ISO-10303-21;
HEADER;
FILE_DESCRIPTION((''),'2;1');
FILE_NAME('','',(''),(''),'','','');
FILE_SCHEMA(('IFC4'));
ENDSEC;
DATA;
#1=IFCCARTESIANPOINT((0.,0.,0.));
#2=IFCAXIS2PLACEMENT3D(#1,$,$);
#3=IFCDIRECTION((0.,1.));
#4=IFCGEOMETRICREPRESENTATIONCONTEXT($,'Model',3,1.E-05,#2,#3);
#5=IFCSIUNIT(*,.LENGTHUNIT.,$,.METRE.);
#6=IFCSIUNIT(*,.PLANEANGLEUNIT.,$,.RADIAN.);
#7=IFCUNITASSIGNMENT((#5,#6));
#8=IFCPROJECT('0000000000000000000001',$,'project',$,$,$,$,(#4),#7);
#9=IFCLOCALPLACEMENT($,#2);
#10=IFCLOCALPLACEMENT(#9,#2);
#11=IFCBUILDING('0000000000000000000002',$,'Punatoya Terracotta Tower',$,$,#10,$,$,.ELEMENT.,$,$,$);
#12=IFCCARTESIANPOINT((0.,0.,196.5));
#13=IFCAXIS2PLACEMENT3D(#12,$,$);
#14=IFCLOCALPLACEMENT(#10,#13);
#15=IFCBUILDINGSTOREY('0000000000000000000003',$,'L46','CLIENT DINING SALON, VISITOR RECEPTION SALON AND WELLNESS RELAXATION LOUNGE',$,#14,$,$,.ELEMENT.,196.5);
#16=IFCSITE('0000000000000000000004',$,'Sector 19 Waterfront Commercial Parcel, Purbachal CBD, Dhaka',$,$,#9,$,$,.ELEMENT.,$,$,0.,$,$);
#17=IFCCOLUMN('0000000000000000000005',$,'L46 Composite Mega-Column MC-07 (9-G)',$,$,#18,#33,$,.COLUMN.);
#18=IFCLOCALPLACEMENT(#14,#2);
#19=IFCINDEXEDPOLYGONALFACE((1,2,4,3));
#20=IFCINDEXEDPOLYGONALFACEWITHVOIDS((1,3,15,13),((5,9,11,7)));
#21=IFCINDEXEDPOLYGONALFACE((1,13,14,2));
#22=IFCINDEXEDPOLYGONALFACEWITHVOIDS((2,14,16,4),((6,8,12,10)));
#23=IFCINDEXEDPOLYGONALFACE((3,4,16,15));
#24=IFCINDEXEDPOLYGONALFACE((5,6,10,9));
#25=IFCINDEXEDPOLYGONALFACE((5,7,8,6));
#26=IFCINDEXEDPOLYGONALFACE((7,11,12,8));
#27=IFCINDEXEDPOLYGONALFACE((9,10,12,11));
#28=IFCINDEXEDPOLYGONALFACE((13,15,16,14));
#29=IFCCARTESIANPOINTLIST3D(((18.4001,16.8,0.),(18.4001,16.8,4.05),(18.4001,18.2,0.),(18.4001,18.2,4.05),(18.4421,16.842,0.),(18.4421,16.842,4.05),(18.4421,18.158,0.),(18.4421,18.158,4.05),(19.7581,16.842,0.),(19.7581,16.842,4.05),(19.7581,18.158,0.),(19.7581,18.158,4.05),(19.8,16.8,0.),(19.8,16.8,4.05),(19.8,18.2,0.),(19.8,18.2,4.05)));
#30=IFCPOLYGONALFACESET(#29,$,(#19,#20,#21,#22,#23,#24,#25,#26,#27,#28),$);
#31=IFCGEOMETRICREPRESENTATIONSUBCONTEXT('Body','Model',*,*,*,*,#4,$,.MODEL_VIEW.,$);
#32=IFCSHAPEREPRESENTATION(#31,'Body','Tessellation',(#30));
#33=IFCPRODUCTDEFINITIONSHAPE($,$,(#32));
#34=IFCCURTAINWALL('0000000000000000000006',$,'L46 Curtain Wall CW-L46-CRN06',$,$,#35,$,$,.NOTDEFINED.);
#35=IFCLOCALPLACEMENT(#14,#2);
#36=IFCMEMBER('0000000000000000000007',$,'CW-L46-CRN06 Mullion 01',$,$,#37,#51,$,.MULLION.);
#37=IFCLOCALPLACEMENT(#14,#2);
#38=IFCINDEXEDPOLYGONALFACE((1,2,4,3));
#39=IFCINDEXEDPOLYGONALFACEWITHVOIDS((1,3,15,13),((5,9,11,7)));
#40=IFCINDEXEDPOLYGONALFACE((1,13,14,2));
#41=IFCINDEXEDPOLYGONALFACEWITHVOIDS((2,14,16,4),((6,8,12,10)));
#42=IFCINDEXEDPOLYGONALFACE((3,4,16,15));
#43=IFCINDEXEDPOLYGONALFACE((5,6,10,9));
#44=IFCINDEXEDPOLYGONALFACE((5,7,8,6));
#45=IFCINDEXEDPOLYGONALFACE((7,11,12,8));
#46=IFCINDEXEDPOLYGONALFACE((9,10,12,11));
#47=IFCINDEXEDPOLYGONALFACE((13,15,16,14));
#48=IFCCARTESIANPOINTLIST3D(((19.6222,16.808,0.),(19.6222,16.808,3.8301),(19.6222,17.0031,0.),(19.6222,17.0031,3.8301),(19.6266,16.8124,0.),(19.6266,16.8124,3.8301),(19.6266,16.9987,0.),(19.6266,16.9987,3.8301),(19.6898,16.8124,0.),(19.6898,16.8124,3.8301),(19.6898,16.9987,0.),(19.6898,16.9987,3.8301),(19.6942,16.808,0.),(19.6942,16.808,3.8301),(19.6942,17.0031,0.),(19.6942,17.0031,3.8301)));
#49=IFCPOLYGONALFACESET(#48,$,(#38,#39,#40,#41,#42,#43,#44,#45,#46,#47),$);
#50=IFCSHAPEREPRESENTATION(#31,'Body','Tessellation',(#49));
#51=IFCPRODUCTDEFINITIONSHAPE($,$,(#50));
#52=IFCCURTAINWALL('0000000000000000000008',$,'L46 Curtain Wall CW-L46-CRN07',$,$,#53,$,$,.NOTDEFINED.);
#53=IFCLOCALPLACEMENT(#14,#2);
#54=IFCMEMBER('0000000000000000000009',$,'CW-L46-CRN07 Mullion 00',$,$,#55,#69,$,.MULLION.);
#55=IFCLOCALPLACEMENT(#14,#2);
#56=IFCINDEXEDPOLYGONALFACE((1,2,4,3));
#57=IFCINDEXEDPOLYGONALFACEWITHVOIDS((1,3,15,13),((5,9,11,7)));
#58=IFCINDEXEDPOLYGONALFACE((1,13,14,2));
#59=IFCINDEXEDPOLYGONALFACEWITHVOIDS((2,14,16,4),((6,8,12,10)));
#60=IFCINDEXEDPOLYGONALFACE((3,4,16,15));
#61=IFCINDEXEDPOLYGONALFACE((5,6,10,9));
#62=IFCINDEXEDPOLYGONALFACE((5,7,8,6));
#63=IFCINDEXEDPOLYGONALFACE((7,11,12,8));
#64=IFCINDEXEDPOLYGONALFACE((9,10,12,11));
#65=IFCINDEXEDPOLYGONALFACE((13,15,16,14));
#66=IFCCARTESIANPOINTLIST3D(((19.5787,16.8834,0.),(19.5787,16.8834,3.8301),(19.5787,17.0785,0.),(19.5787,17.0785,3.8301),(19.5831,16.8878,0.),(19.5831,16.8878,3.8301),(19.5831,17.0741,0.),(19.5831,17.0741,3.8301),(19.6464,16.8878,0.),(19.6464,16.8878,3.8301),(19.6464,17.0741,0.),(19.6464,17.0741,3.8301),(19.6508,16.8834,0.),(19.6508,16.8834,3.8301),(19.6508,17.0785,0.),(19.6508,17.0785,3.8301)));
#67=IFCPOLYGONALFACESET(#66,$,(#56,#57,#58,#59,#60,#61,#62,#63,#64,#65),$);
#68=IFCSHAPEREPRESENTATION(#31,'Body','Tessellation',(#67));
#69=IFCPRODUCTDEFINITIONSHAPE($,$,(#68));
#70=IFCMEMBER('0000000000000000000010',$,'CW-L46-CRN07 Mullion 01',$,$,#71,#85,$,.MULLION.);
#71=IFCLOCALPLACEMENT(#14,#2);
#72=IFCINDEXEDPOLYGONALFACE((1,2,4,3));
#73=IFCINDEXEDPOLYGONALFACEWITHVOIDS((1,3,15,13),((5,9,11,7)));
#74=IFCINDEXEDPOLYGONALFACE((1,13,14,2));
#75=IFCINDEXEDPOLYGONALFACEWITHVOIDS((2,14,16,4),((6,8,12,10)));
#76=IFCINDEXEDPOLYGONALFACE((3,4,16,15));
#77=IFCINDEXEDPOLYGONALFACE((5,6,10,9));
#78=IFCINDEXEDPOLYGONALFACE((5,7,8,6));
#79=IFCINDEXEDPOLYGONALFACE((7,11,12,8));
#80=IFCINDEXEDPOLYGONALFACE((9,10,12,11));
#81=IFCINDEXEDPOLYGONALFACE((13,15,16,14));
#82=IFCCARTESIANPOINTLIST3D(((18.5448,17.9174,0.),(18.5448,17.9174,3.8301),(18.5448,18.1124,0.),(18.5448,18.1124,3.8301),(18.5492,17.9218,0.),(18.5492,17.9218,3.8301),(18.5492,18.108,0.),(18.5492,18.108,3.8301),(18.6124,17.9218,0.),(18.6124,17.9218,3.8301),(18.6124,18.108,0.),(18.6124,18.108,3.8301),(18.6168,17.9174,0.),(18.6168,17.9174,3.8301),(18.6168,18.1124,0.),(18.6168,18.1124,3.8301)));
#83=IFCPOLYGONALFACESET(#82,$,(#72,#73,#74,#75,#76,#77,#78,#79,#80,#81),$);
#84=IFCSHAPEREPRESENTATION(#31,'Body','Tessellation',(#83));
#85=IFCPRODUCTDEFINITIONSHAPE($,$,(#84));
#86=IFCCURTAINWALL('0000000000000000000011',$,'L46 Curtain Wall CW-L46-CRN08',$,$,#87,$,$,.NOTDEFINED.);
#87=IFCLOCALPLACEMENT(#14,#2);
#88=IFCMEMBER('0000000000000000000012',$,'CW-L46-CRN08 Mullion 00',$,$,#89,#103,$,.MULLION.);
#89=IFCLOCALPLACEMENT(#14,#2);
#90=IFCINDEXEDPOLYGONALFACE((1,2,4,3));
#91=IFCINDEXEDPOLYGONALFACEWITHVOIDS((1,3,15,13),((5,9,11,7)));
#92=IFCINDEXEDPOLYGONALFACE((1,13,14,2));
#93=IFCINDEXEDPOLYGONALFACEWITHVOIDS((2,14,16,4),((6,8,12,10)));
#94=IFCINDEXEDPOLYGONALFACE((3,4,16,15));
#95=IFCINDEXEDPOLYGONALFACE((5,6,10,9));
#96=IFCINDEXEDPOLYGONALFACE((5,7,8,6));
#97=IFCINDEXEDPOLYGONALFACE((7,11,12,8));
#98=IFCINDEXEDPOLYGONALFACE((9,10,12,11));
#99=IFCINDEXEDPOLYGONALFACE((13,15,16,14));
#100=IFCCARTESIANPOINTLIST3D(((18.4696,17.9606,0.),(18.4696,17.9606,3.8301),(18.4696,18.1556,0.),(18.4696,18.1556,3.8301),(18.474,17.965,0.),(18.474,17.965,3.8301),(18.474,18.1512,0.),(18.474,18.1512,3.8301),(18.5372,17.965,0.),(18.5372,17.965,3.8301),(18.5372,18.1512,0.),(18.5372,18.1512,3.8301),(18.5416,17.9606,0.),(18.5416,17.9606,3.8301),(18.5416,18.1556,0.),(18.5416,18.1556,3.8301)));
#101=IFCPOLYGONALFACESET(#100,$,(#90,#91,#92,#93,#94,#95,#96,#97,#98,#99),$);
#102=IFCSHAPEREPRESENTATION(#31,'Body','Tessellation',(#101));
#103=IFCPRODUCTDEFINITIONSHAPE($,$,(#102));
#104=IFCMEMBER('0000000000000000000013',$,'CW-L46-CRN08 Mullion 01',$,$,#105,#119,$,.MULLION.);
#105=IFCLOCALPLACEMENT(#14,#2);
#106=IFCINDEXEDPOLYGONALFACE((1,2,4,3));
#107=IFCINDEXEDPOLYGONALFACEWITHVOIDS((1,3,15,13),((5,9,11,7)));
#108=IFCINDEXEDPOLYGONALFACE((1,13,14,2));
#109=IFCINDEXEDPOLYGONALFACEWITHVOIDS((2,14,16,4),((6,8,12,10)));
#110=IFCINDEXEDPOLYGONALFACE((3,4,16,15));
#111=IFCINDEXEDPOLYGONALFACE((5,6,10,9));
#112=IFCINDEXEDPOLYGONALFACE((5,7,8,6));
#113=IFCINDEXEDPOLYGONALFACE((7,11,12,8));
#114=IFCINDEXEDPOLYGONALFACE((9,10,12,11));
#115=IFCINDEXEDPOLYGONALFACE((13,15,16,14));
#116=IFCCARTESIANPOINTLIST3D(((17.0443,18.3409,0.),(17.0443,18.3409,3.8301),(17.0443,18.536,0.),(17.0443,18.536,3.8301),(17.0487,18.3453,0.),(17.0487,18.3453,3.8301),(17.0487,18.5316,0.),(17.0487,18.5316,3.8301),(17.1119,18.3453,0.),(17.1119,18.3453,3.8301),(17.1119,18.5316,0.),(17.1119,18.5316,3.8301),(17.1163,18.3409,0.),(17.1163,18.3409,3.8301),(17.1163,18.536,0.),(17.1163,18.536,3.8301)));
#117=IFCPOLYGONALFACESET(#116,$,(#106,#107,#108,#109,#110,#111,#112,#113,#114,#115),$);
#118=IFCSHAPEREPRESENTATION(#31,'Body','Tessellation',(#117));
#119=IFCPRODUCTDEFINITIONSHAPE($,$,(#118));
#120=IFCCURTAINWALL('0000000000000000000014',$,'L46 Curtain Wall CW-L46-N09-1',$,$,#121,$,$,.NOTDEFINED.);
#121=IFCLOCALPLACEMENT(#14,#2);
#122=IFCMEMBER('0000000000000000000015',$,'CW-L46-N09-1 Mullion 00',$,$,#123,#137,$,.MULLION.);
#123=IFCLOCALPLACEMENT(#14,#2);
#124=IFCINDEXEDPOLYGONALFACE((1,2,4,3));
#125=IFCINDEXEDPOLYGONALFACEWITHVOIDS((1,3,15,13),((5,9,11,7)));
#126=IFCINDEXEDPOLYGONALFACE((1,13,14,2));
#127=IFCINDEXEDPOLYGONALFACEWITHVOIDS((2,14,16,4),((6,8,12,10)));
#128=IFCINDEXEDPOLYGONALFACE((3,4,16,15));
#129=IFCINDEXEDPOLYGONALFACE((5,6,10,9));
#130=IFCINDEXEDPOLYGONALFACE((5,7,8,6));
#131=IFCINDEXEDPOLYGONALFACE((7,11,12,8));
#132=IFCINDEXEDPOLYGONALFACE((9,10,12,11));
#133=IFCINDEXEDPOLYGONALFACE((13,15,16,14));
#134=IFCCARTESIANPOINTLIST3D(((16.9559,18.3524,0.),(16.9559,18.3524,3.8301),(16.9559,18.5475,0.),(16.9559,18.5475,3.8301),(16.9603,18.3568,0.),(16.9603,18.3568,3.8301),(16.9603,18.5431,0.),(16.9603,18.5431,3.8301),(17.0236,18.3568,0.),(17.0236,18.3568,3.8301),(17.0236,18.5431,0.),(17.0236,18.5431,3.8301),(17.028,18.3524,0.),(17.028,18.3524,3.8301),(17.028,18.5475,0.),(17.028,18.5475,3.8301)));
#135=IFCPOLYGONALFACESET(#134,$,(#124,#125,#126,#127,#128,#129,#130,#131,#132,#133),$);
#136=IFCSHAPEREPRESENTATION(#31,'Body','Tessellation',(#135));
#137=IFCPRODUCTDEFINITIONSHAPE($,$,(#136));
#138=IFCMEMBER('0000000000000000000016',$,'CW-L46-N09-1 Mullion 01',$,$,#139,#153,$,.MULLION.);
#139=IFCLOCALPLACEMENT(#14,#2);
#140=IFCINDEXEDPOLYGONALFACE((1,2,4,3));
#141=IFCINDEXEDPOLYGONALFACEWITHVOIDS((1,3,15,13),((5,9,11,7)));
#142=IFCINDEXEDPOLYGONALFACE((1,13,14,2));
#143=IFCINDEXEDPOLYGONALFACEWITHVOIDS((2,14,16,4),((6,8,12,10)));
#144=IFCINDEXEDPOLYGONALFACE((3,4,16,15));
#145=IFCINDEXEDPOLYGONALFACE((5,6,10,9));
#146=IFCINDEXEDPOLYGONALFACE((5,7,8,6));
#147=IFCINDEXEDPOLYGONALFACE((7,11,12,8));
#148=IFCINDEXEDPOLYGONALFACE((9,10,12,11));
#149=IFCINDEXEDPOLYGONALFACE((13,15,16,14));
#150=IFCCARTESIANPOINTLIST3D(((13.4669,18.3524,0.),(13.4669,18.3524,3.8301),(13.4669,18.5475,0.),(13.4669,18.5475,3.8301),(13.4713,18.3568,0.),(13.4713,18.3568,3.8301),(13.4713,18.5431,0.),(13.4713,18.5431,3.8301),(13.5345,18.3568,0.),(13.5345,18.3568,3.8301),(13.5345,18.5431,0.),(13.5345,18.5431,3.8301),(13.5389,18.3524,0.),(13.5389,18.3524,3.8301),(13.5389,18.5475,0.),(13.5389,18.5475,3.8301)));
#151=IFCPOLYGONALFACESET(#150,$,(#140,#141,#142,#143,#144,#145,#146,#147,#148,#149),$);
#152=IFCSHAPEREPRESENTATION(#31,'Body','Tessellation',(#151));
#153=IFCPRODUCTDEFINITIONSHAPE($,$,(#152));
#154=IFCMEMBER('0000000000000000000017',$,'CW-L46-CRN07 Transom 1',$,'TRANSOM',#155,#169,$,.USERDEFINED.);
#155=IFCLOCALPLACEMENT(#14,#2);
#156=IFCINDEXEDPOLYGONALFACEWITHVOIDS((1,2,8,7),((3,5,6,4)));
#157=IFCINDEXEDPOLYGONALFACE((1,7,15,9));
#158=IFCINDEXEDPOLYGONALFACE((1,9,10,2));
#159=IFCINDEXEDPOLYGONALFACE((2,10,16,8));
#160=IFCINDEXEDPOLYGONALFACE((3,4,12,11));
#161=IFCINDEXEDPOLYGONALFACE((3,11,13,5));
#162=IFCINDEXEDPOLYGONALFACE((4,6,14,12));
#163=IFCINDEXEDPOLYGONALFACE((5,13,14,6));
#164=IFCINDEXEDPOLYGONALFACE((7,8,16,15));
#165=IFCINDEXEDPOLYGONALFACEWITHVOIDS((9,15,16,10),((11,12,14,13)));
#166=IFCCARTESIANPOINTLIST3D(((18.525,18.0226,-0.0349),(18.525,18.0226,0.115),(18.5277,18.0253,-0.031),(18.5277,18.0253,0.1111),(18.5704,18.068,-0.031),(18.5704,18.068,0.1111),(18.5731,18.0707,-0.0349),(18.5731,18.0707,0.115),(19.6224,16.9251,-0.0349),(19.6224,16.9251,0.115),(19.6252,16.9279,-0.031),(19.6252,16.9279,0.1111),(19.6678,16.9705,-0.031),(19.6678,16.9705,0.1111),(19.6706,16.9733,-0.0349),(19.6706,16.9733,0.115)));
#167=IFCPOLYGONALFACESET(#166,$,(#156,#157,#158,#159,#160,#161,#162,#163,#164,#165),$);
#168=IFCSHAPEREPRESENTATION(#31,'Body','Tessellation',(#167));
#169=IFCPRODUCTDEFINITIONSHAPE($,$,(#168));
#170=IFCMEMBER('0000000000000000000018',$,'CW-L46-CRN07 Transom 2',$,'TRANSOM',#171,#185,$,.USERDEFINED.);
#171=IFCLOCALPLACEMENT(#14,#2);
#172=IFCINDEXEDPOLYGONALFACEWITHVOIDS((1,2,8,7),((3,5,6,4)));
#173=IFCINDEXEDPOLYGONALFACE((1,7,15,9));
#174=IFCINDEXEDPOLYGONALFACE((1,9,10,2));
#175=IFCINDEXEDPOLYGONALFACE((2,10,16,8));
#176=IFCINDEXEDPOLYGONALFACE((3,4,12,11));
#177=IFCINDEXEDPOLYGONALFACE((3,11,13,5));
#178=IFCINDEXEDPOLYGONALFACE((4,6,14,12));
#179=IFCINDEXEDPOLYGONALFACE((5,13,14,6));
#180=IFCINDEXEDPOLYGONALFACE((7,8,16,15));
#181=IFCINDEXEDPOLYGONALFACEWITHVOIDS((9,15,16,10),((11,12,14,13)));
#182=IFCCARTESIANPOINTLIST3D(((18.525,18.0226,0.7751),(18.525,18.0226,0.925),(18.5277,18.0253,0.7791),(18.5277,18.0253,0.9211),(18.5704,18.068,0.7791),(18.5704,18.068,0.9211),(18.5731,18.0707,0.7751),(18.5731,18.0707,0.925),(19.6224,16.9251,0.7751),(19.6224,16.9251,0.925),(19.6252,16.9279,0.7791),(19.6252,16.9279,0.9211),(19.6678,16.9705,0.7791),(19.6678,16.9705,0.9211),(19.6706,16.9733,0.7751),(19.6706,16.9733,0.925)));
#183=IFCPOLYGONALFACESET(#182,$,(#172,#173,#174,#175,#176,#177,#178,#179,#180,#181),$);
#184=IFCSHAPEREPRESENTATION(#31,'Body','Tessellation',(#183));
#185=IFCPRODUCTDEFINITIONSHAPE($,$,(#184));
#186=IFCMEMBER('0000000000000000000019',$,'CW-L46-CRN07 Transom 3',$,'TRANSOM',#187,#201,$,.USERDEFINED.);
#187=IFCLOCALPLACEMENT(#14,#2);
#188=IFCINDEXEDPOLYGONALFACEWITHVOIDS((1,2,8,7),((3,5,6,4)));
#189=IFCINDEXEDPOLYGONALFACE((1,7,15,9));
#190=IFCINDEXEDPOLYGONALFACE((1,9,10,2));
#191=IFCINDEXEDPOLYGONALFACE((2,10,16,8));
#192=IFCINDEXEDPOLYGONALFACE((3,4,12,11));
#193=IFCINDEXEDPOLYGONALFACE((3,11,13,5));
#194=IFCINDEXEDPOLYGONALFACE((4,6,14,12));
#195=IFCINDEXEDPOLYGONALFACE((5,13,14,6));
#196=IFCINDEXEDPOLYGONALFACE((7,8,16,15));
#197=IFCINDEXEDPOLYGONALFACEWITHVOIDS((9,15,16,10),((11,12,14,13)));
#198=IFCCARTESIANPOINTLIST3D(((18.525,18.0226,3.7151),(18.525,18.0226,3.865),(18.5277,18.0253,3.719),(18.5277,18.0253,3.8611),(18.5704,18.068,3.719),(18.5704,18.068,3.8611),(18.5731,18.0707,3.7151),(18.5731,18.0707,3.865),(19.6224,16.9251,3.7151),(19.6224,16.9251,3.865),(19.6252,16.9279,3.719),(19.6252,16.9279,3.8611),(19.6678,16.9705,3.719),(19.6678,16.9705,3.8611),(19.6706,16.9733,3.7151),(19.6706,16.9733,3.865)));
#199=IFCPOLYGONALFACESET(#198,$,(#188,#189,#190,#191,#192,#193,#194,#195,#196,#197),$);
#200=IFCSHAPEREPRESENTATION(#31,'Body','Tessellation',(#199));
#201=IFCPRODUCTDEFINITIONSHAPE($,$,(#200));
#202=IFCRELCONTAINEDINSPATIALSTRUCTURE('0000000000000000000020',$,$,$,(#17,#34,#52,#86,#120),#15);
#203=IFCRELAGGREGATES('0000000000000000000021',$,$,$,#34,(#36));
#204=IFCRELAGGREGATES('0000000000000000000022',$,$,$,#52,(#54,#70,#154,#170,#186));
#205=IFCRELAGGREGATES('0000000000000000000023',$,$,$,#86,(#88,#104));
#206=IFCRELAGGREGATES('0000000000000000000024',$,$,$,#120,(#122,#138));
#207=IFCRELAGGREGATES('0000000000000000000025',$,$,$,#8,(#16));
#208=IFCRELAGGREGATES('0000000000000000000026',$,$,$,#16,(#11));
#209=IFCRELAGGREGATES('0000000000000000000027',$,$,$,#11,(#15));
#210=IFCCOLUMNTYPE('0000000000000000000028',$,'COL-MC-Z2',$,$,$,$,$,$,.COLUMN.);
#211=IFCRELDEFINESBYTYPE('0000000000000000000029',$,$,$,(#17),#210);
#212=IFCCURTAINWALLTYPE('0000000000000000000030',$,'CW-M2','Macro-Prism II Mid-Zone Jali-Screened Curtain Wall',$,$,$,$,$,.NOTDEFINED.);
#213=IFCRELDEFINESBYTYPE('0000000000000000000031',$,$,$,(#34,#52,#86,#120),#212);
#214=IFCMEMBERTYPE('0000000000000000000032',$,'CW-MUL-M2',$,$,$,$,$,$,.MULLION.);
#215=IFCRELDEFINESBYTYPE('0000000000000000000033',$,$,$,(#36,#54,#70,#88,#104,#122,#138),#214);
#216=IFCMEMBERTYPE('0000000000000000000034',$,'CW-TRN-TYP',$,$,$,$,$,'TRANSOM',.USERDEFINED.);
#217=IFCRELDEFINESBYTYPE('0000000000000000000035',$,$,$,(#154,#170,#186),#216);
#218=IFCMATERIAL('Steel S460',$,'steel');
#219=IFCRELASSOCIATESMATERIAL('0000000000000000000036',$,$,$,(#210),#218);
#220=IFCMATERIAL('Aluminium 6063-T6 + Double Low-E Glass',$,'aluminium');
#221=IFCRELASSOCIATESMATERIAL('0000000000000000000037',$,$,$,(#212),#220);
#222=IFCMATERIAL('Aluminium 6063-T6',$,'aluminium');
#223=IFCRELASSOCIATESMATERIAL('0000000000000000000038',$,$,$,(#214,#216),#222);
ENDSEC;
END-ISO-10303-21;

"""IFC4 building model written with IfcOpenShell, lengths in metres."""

from ifc_helpers import new_model, si_unit, direction, frame, origin, origin_2d, place, context, subcontext, project, spatial, hollow_rectangle, extrude, material, material_profile, profile_set, type_object, element, aggregate, save


model = new_model("IFC4")

# Units and contexts
model_context = context("Model", 3, precision=1e-05, world=origin(), true_north=direction((0.0, 1.0)))
body_context = subcontext(model_context, "Body", "Model", "MODEL_VIEW")
ifc_project = project(units=[si_unit("LENGTHUNIT", "METRE"), si_unit("PLANEANGLEUNIT", "RADIAN")], contexts=[model_context])

# Site, building, storey
site_placement = place(None, origin())
site = spatial("IfcSite", under=ifc_project, at=site_placement, Name="Sector 19 Waterfront Commercial Parcel, Purbachal CBD, Dhaka", CompositionType="ELEMENT", RefElevation=0.0)
building_placement = place(site_placement, origin())
building = spatial("IfcBuilding", under=site, at=building_placement, Name="Punatoya Terracotta Tower", CompositionType="ELEMENT")
storey_placement = place(building_placement, frame((0.0, 0.0, 196.5)))
storey = spatial("IfcBuildingStorey", under=building, at=storey_placement, Name="L46", Description="CLIENT DINING SALON, VISITOR RECEPTION SALON AND WELLNESS RELAXATION LOUNGE", CompositionType="ELEMENT", Elevation=196.5)

# Column
ifc_material_1 = material(Name="Steel S460", Category="steel")
ifc_material_profile_1 = material_profile(ifc_material_1, hollow_rectangle(XDim=1.3999, YDim=1.3999, WallThickness=0.042, at=origin_2d()))
ifc_profile_set_1 = profile_set([ifc_material_profile_1], Name="Steel S460")
column_type = type_object("IfcColumnType", Name="COL-MC-Z2", PredefinedType="COLUMN", material=ifc_profile_set_1)
column_placement = place(storey_placement, frame((19.1001, 17.5, 0.0), z_axis=(0.0, 0.0, 1.0), x_axis=(1.0, 0.0, 0.0)))
element("IfcColumn", 1, at=column_placement, inside=storey, type_object=column_type, Name="L46 Composite Mega-Column MC-07 (9-G)", PredefinedType="COLUMN", context=body_context, shape_type="SweptSolid", body=[
    extrude(hollow_rectangle(XDim=1.3999, YDim=1.3999, WallThickness=0.042, at=origin_2d()), origin(), (0.0, 0.0, 1.0), 4.05),
])

# Curtain wall, member
ifc_material_2 = material(Name="Aluminium 6063-T6 + Double Low-E Glass", Category="aluminium")
curtain_wall_type = type_object("IfcCurtainWallType", Name="CW-M2", Description="Macro-Prism II Mid-Zone Jali-Screened Curtain Wall", PredefinedType="NOTDEFINED", material=ifc_material_2)
curtain_wall_1_placement = place(storey_placement, origin())
curtain_wall_1 = element("IfcCurtainWall", 2, at=curtain_wall_1_placement, inside=storey, type_object=curtain_wall_type, Name="L46 Curtain Wall CW-L46-CRN06", PredefinedType="NOTDEFINED")
ifc_material_3 = material(Name="Aluminium 6063-T6", Category="aluminium")
ifc_material_profile_2 = material_profile(ifc_material_3, hollow_rectangle(XDim=0.072, YDim=0.1951, WallThickness=0.0044, at=origin_2d()))
ifc_profile_set_2 = profile_set([ifc_material_profile_2], Name="Aluminium 6063-T6")
member_type_1 = type_object("IfcMemberType", Name="CW-MUL-M2", PredefinedType="MULLION", material=ifc_profile_set_2)
member_1_placement = place(storey_placement, frame((19.6582, 16.9055, 0.0), z_axis=(0.0, 0.0, 1.0), x_axis=(1.0, 0.0, 0.0)))
member_1 = element("IfcMember", 3, at=member_1_placement, type_object=member_type_1, Name="CW-L46-CRN06 Mullion 01", PredefinedType="MULLION", context=body_context, shape_type="SweptSolid", body=[
    extrude(hollow_rectangle(XDim=0.072, YDim=0.1951, WallThickness=0.0044, at=origin_2d()), origin(), (0.0, 0.0, 1.0), 3.8301),
])

# Curtain walls, members
curtain_wall_2_placement = place(storey_placement, origin())
curtain_wall_2 = element("IfcCurtainWall", 4, at=curtain_wall_2_placement, inside=storey, type_object=curtain_wall_type, Name="L46 Curtain Wall CW-L46-CRN07", PredefinedType="NOTDEFINED")
member_2_placement = place(storey_placement, frame((19.6147, 16.981, 0.0), z_axis=(0.0, 0.0, 1.0), x_axis=(1.0, 0.0, 0.0)))
member_2 = element("IfcMember", 5, at=member_2_placement, type_object=member_type_1, Name="CW-L46-CRN07 Mullion 00", PredefinedType="MULLION", context=body_context, shape_type="SweptSolid", body=[
    extrude(hollow_rectangle(XDim=0.072, YDim=0.1951, WallThickness=0.0044, at=origin_2d()), origin(), (0.0, 0.0, 1.0), 3.8301),
])
member_3_placement = place(storey_placement, frame((18.5808, 18.0149, 0.0), z_axis=(0.0, 0.0, 1.0), x_axis=(1.0, 0.0, 0.0)))
member_3 = element("IfcMember", 6, at=member_3_placement, type_object=member_type_1, Name="CW-L46-CRN07 Mullion 01", PredefinedType="MULLION", context=body_context, shape_type="SweptSolid", body=[
    extrude(hollow_rectangle(XDim=0.072, YDim=0.1951, WallThickness=0.0044, at=origin_2d()), origin(), (0.0, 0.0, 1.0), 3.8301),
])
curtain_wall_3_placement = place(storey_placement, origin())
curtain_wall_3 = element("IfcCurtainWall", 7, at=curtain_wall_3_placement, inside=storey, type_object=curtain_wall_type, Name="L46 Curtain Wall CW-L46-CRN08", PredefinedType="NOTDEFINED")
member_4_placement = place(storey_placement, frame((18.5056, 18.0581, 0.0), z_axis=(0.0, 0.0, 1.0), x_axis=(1.0, 0.0, 0.0)))
member_4 = element("IfcMember", 8, at=member_4_placement, type_object=member_type_1, Name="CW-L46-CRN08 Mullion 00", PredefinedType="MULLION", context=body_context, shape_type="SweptSolid", body=[
    extrude(hollow_rectangle(XDim=0.072, YDim=0.1951, WallThickness=0.0044, at=origin_2d()), origin(), (0.0, 0.0, 1.0), 3.8301),
])
member_5_placement = place(storey_placement, frame((17.0803, 18.4385, 0.0), z_axis=(0.0, 0.0, 1.0), x_axis=(1.0, 0.0, 0.0)))
member_5 = element("IfcMember", 9, at=member_5_placement, type_object=member_type_1, Name="CW-L46-CRN08 Mullion 01", PredefinedType="MULLION", context=body_context, shape_type="SweptSolid", body=[
    extrude(hollow_rectangle(XDim=0.072, YDim=0.1951, WallThickness=0.0044, at=origin_2d()), origin(), (0.0, 0.0, 1.0), 3.8301),
])
curtain_wall_4_placement = place(storey_placement, origin())
curtain_wall_4 = element("IfcCurtainWall", 10, at=curtain_wall_4_placement, inside=storey, type_object=curtain_wall_type, Name="L46 Curtain Wall CW-L46-N09-1", PredefinedType="NOTDEFINED")
member_6_placement = place(storey_placement, frame((16.9919, 18.45, 0.0), z_axis=(0.0, 0.0, 1.0), x_axis=(1.0, 0.0, 0.0)))
member_6 = element("IfcMember", 11, at=member_6_placement, type_object=member_type_1, Name="CW-L46-N09-1 Mullion 00", PredefinedType="MULLION", context=body_context, shape_type="SweptSolid", body=[
    extrude(hollow_rectangle(XDim=0.072, YDim=0.1951, WallThickness=0.0044, at=origin_2d()), origin(), (0.0, 0.0, 1.0), 3.8301),
])
member_7_placement = place(storey_placement, frame((13.5029, 18.45, 0.0), z_axis=(0.0, 0.0, 1.0), x_axis=(1.0, 0.0, 0.0)))
member_7 = element("IfcMember", 12, at=member_7_placement, type_object=member_type_1, Name="CW-L46-N09-1 Mullion 01", PredefinedType="MULLION", context=body_context, shape_type="SweptSolid", body=[
    extrude(hollow_rectangle(XDim=0.072, YDim=0.1951, WallThickness=0.0044, at=origin_2d()), origin(), (0.0, 0.0, 1.0), 3.8301),
])

# Members
ifc_material_profile_3 = material_profile(ifc_material_3, hollow_rectangle(XDim=0.0681, YDim=0.1499, WallThickness=0.0039, at=origin_2d()))
ifc_profile_set_3 = profile_set([ifc_material_profile_3], Name="Aluminium 6063-T6")
member_type_2 = type_object("IfcMemberType", Name="CW-TRN-TYP", ElementType="TRANSOM", PredefinedType="USERDEFINED", material=ifc_profile_set_3)
member_8_placement = place(storey_placement, frame((19.6465, 16.9492, 0.04), z_axis=(-0.707107, 0.707107, 0.0), x_axis=(-0.707107, -0.707107, 0.0)))
member_8 = element("IfcMember", 13, at=member_8_placement, type_object=member_type_2, Name="CW-L46-CRN07 Transom 1", ObjectType="TRANSOM", PredefinedType="USERDEFINED", context=body_context, shape_type="SweptSolid", body=[
    extrude(hollow_rectangle(XDim=0.0681, YDim=0.1499, WallThickness=0.0039, at=origin_2d()), origin(), (0.0, 0.0, 1.0), 1.552),
])
member_9_placement = place(storey_placement, frame((19.6465, 16.9492, 0.8501), z_axis=(-0.707107, 0.707107, 0.0), x_axis=(-0.707107, -0.707107, 0.0)))
member_9 = element("IfcMember", 14, at=member_9_placement, type_object=member_type_2, Name="CW-L46-CRN07 Transom 2", ObjectType="TRANSOM", PredefinedType="USERDEFINED", context=body_context, shape_type="SweptSolid", body=[
    extrude(hollow_rectangle(XDim=0.0681, YDim=0.1499, WallThickness=0.0039, at=origin_2d()), origin(), (0.0, 0.0, 1.0), 1.552),
])
member_10_placement = place(storey_placement, frame((19.6465, 16.9492, 3.79), z_axis=(-0.707107, 0.707107, 0.0), x_axis=(-0.707107, -0.707107, 0.0)))
member_10 = element("IfcMember", 15, at=member_10_placement, type_object=member_type_2, Name="CW-L46-CRN07 Transom 3", ObjectType="TRANSOM", PredefinedType="USERDEFINED", context=body_context, shape_type="SweptSolid", body=[
    extrude(hollow_rectangle(XDim=0.0681, YDim=0.1499, WallThickness=0.0039, at=origin_2d()), origin(), (0.0, 0.0, 1.0), 1.552),
])

aggregate(curtain_wall_1, [member_1])
aggregate(curtain_wall_2, [member_2, member_3, member_8, member_9, member_10])
aggregate(curtain_wall_3, [member_4, member_5])
aggregate(curtain_wall_4, [member_6, member_7])

save(model, "model.ifc")
